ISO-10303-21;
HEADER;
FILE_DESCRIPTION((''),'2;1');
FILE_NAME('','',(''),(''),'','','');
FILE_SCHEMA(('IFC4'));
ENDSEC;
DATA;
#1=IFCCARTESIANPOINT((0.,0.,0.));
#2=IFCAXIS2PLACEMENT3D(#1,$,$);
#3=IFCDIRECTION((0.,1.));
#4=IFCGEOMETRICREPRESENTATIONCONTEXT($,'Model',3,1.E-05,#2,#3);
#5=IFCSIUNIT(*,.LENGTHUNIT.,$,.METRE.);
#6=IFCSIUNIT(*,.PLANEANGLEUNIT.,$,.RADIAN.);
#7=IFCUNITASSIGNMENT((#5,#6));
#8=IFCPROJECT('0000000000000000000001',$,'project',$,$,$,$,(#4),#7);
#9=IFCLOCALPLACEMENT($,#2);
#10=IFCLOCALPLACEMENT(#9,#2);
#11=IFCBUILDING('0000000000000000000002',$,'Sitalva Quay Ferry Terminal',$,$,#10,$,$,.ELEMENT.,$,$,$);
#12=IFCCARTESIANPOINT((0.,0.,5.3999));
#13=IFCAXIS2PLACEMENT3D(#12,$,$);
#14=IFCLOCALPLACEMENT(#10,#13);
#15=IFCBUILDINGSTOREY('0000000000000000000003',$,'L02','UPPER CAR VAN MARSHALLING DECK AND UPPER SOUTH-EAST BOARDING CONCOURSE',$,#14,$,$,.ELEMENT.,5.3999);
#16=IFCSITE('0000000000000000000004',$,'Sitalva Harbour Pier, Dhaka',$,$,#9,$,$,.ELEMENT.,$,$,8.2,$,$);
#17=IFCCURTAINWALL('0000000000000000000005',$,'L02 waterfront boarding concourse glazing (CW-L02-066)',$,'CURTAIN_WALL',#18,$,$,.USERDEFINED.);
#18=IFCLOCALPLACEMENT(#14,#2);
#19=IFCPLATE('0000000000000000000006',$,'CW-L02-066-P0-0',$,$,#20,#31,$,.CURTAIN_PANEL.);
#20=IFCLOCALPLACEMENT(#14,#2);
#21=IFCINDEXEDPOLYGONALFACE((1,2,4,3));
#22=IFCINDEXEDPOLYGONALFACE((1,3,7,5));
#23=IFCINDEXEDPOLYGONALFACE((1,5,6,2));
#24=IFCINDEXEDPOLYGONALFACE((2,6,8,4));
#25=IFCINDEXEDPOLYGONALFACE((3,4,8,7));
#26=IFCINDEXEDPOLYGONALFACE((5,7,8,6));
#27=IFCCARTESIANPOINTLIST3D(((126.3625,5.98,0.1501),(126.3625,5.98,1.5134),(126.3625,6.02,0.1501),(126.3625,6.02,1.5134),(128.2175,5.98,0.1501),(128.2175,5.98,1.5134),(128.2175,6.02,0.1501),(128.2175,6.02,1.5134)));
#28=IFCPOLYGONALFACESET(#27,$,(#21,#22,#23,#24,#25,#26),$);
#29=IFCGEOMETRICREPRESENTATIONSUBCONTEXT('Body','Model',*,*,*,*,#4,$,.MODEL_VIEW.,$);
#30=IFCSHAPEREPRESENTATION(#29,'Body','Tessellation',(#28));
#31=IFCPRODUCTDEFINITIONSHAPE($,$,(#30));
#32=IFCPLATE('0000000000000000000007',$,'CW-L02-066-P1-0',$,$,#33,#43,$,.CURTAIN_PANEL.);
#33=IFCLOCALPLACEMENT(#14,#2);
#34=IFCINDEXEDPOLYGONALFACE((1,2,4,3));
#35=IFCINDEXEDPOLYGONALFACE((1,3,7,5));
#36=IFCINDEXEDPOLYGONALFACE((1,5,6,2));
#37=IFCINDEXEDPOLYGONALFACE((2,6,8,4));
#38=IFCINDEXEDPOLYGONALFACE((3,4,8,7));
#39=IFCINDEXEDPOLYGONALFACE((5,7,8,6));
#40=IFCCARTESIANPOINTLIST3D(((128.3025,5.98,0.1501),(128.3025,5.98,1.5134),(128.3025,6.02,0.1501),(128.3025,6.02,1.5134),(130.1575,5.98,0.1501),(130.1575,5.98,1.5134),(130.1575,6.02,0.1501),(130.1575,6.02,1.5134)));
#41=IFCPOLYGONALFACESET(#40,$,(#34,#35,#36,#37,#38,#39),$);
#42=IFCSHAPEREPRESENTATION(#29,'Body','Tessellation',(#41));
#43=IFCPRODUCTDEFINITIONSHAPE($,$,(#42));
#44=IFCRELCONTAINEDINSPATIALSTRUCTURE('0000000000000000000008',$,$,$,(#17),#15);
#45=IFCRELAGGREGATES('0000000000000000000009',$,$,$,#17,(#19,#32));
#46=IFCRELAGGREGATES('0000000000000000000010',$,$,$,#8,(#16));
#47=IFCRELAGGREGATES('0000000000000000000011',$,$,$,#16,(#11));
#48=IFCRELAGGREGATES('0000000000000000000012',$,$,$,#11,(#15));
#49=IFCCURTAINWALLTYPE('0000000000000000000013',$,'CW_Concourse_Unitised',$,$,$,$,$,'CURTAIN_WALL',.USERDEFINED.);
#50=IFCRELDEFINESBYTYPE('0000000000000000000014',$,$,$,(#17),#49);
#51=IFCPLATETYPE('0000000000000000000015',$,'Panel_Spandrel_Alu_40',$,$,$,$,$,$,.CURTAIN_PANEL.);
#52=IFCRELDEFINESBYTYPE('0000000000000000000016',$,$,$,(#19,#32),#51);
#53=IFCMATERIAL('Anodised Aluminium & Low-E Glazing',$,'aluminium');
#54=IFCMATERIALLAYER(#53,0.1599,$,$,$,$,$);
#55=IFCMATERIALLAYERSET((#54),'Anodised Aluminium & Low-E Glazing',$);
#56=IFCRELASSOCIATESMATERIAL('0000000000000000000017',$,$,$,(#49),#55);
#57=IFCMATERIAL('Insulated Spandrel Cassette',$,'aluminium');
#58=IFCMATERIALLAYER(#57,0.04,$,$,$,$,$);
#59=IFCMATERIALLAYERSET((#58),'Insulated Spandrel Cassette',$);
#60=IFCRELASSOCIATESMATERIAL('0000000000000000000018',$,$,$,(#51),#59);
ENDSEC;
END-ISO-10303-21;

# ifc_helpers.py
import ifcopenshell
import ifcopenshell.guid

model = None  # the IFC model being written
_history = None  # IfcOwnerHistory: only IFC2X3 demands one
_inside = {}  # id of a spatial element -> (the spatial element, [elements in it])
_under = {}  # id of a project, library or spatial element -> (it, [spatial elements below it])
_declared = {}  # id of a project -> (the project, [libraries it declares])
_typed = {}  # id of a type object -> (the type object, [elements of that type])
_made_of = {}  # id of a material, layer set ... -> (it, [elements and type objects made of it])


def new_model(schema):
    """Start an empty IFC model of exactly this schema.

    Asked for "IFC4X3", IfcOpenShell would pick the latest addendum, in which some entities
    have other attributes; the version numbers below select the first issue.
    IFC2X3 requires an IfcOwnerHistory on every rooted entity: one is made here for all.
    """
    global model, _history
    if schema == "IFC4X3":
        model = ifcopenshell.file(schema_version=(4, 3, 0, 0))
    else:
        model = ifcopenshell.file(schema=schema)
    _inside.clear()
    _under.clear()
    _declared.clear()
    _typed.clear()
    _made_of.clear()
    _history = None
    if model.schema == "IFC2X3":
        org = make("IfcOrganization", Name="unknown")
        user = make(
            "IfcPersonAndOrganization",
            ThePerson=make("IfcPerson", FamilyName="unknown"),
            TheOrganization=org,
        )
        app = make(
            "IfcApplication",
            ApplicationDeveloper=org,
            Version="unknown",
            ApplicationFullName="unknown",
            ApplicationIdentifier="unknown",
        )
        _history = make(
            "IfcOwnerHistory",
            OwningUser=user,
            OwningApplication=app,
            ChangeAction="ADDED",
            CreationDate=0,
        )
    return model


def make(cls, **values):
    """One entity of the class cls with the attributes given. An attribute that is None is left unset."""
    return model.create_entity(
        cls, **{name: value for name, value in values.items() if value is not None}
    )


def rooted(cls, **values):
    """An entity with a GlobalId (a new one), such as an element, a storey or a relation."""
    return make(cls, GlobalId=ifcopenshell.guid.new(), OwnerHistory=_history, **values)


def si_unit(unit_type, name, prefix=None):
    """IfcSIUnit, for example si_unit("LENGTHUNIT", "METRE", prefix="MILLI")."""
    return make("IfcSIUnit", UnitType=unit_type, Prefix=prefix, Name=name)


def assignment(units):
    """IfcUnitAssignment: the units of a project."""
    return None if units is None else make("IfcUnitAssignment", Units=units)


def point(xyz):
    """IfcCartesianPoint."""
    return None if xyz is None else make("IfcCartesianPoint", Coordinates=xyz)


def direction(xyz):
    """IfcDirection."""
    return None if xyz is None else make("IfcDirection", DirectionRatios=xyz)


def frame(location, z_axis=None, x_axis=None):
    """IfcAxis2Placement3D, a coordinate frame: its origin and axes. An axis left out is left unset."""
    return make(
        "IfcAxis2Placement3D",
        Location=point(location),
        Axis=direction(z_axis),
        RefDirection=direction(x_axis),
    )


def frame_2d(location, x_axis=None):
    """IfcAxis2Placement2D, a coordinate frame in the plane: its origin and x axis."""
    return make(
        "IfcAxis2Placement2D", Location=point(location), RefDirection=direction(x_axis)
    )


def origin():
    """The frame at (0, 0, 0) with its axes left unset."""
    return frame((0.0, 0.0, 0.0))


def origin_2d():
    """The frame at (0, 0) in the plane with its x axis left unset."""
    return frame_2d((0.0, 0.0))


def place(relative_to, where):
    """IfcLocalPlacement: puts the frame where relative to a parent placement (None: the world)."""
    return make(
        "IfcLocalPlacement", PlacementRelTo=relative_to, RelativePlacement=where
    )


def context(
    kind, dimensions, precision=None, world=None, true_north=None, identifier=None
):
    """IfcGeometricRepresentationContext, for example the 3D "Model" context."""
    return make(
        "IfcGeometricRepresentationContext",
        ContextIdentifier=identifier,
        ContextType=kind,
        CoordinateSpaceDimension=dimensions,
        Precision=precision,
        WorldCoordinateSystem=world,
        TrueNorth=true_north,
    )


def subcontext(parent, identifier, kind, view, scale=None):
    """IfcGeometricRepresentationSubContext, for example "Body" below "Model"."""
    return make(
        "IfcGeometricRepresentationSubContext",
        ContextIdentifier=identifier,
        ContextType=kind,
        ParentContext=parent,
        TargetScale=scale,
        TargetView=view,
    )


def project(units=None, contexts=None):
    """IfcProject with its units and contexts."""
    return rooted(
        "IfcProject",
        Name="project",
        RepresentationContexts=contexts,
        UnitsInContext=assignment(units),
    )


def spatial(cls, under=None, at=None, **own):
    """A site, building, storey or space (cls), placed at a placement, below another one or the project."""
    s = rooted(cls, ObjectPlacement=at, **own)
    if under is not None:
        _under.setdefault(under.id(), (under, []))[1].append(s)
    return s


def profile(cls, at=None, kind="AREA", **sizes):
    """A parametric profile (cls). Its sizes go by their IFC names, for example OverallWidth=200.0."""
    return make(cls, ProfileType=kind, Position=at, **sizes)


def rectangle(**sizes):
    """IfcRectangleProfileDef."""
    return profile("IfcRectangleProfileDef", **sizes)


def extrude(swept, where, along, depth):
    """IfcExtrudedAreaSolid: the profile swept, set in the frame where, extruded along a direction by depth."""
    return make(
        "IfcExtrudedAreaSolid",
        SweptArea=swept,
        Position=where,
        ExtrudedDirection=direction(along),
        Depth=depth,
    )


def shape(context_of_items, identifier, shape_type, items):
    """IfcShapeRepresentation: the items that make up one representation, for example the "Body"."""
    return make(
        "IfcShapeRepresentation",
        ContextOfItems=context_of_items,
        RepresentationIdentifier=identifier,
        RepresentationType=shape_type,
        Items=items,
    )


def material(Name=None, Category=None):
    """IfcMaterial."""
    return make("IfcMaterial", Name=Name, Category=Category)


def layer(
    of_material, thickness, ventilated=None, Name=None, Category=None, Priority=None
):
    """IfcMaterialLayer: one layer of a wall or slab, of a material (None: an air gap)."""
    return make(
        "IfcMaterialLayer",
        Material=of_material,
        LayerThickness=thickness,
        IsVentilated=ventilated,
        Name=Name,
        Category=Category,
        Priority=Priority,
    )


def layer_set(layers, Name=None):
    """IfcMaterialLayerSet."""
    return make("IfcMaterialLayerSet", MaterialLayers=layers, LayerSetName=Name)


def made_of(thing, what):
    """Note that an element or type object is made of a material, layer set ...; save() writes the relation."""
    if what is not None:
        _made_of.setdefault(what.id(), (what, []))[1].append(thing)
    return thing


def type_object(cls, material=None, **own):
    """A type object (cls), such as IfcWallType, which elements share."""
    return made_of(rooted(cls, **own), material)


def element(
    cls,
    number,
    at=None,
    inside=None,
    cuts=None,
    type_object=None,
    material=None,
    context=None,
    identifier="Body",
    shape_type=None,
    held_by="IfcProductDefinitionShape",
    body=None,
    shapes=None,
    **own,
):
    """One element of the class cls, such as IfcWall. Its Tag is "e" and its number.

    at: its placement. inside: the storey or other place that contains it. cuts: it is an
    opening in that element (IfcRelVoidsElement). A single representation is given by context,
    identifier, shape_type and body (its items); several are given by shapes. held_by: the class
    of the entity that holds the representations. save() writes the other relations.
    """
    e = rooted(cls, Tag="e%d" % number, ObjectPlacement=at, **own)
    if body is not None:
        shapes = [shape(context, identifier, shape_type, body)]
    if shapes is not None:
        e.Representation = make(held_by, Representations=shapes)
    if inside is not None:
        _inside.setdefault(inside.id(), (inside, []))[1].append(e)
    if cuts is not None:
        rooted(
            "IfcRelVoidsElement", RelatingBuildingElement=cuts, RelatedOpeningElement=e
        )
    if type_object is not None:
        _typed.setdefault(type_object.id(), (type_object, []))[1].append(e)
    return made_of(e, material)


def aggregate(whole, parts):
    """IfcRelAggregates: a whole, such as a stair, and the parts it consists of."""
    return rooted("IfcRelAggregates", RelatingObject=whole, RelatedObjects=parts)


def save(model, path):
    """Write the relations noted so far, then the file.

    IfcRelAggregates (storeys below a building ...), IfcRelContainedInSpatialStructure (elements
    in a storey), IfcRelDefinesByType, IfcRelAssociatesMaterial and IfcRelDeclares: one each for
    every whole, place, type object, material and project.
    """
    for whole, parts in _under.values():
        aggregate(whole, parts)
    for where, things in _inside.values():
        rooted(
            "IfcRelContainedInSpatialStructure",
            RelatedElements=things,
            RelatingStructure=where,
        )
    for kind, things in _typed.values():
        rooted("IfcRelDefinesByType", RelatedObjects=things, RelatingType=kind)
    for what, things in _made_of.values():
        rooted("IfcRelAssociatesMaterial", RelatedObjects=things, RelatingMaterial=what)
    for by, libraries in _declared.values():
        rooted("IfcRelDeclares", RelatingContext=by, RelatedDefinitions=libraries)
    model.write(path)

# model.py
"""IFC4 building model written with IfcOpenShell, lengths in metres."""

from ifc_helpers import new_model, si_unit, direction, frame, origin, origin_2d, place, context, subcontext, project, spatial, rectangle, extrude, material, layer, layer_set, type_object, element, aggregate, save


model = new_model("IFC4")

# Units and contexts
model_context = context("Model", 3, precision=1e-05, world=origin(), true_north=direction((0.0, 1.0)))
body_context = subcontext(model_context, "Body", "Model", "MODEL_VIEW")
ifc_project = project(units=[si_unit("LENGTHUNIT", "METRE"), si_unit("PLANEANGLEUNIT", "RADIAN")], contexts=[model_context])

# Site, building, storey
site_placement = place(None, origin())
site = spatial("IfcSite", under=ifc_project, at=site_placement, Name="Sitalva Harbour Pier, Dhaka", CompositionType="ELEMENT", RefElevation=8.2)
building_placement = place(site_placement, origin())
building = spatial("IfcBuilding", under=site, at=building_placement, Name="Sitalva Quay Ferry Terminal", CompositionType="ELEMENT")
storey_placement = place(building_placement, frame((0.0, 0.0, 5.3999)))
storey = spatial("IfcBuildingStorey", under=building, at=storey_placement, Name="L02", Description="UPPER CAR VAN MARSHALLING DECK AND UPPER SOUTH-EAST BOARDING CONCOURSE", CompositionType="ELEMENT", Elevation=5.3999)

# Curtain wall
ifc_material_1 = material(Name="Anodised Aluminium & Low-E Glazing", Category="aluminium")
ifc_layer_1 = layer(ifc_material_1, 0.1599)
ifc_layer_set_1 = layer_set([ifc_layer_1], Name="Anodised Aluminium & Low-E Glazing")
curtain_wall_type = type_object("IfcCurtainWallType", Name="CW_Concourse_Unitised", ElementType="CURTAIN_WALL", PredefinedType="USERDEFINED", material=ifc_layer_set_1)
curtain_wall_placement = place(storey_placement, origin())
curtain_wall = element("IfcCurtainWall", 1, at=curtain_wall_placement, inside=storey, type_object=curtain_wall_type, Name="L02 waterfront boarding concourse glazing (CW-L02-066)", ObjectType="CURTAIN_WALL", PredefinedType="USERDEFINED")

# Plates
ifc_material_2 = material(Name="Insulated Spandrel Cassette", Category="aluminium")
ifc_layer_2 = layer(ifc_material_2, 0.04)
ifc_layer_set_2 = layer_set([ifc_layer_2], Name="Insulated Spandrel Cassette")
plate_type_1 = type_object("IfcPlateType", Name="Panel_Spandrel_Alu_40", PredefinedType="CURTAIN_PANEL", material=ifc_layer_set_2)
plate_1_placement = place(storey_placement, frame((127.29, 6.0, 0.1501), z_axis=(0.0, 0.0, 1.0), x_axis=(1.0, 0.0, 0.0)))
plate_1 = element("IfcPlate", 2, at=plate_1_placement, type_object=plate_type_1, Name="CW-L02-066-P0-0", PredefinedType="CURTAIN_PANEL", context=body_context, shape_type="SweptSolid", body=[
    extrude(rectangle(XDim=1.855, YDim=0.04, at=origin_2d()), origin(), (0.0, 0.0, 1.0), 1.3633),
])
plate_2_placement = place(storey_placement, frame((129.23, 6.0, 0.1501), z_axis=(0.0, 0.0, 1.0), x_axis=(1.0, 0.0, 0.0)))
plate_2 = element("IfcPlate", 3, at=plate_2_placement, type_object=plate_type_1, Name="CW-L02-066-P1-0", PredefinedType="CURTAIN_PANEL", context=body_context, shape_type="SweptSolid", body=[
    extrude(rectangle(XDim=1.855, YDim=0.04, at=origin_2d()), origin(), (0.0, 0.0, 1.0), 1.3633),
])
aggregate(curtain_wall, [plate_1, plate_2])

save(model, "model.ifc")
